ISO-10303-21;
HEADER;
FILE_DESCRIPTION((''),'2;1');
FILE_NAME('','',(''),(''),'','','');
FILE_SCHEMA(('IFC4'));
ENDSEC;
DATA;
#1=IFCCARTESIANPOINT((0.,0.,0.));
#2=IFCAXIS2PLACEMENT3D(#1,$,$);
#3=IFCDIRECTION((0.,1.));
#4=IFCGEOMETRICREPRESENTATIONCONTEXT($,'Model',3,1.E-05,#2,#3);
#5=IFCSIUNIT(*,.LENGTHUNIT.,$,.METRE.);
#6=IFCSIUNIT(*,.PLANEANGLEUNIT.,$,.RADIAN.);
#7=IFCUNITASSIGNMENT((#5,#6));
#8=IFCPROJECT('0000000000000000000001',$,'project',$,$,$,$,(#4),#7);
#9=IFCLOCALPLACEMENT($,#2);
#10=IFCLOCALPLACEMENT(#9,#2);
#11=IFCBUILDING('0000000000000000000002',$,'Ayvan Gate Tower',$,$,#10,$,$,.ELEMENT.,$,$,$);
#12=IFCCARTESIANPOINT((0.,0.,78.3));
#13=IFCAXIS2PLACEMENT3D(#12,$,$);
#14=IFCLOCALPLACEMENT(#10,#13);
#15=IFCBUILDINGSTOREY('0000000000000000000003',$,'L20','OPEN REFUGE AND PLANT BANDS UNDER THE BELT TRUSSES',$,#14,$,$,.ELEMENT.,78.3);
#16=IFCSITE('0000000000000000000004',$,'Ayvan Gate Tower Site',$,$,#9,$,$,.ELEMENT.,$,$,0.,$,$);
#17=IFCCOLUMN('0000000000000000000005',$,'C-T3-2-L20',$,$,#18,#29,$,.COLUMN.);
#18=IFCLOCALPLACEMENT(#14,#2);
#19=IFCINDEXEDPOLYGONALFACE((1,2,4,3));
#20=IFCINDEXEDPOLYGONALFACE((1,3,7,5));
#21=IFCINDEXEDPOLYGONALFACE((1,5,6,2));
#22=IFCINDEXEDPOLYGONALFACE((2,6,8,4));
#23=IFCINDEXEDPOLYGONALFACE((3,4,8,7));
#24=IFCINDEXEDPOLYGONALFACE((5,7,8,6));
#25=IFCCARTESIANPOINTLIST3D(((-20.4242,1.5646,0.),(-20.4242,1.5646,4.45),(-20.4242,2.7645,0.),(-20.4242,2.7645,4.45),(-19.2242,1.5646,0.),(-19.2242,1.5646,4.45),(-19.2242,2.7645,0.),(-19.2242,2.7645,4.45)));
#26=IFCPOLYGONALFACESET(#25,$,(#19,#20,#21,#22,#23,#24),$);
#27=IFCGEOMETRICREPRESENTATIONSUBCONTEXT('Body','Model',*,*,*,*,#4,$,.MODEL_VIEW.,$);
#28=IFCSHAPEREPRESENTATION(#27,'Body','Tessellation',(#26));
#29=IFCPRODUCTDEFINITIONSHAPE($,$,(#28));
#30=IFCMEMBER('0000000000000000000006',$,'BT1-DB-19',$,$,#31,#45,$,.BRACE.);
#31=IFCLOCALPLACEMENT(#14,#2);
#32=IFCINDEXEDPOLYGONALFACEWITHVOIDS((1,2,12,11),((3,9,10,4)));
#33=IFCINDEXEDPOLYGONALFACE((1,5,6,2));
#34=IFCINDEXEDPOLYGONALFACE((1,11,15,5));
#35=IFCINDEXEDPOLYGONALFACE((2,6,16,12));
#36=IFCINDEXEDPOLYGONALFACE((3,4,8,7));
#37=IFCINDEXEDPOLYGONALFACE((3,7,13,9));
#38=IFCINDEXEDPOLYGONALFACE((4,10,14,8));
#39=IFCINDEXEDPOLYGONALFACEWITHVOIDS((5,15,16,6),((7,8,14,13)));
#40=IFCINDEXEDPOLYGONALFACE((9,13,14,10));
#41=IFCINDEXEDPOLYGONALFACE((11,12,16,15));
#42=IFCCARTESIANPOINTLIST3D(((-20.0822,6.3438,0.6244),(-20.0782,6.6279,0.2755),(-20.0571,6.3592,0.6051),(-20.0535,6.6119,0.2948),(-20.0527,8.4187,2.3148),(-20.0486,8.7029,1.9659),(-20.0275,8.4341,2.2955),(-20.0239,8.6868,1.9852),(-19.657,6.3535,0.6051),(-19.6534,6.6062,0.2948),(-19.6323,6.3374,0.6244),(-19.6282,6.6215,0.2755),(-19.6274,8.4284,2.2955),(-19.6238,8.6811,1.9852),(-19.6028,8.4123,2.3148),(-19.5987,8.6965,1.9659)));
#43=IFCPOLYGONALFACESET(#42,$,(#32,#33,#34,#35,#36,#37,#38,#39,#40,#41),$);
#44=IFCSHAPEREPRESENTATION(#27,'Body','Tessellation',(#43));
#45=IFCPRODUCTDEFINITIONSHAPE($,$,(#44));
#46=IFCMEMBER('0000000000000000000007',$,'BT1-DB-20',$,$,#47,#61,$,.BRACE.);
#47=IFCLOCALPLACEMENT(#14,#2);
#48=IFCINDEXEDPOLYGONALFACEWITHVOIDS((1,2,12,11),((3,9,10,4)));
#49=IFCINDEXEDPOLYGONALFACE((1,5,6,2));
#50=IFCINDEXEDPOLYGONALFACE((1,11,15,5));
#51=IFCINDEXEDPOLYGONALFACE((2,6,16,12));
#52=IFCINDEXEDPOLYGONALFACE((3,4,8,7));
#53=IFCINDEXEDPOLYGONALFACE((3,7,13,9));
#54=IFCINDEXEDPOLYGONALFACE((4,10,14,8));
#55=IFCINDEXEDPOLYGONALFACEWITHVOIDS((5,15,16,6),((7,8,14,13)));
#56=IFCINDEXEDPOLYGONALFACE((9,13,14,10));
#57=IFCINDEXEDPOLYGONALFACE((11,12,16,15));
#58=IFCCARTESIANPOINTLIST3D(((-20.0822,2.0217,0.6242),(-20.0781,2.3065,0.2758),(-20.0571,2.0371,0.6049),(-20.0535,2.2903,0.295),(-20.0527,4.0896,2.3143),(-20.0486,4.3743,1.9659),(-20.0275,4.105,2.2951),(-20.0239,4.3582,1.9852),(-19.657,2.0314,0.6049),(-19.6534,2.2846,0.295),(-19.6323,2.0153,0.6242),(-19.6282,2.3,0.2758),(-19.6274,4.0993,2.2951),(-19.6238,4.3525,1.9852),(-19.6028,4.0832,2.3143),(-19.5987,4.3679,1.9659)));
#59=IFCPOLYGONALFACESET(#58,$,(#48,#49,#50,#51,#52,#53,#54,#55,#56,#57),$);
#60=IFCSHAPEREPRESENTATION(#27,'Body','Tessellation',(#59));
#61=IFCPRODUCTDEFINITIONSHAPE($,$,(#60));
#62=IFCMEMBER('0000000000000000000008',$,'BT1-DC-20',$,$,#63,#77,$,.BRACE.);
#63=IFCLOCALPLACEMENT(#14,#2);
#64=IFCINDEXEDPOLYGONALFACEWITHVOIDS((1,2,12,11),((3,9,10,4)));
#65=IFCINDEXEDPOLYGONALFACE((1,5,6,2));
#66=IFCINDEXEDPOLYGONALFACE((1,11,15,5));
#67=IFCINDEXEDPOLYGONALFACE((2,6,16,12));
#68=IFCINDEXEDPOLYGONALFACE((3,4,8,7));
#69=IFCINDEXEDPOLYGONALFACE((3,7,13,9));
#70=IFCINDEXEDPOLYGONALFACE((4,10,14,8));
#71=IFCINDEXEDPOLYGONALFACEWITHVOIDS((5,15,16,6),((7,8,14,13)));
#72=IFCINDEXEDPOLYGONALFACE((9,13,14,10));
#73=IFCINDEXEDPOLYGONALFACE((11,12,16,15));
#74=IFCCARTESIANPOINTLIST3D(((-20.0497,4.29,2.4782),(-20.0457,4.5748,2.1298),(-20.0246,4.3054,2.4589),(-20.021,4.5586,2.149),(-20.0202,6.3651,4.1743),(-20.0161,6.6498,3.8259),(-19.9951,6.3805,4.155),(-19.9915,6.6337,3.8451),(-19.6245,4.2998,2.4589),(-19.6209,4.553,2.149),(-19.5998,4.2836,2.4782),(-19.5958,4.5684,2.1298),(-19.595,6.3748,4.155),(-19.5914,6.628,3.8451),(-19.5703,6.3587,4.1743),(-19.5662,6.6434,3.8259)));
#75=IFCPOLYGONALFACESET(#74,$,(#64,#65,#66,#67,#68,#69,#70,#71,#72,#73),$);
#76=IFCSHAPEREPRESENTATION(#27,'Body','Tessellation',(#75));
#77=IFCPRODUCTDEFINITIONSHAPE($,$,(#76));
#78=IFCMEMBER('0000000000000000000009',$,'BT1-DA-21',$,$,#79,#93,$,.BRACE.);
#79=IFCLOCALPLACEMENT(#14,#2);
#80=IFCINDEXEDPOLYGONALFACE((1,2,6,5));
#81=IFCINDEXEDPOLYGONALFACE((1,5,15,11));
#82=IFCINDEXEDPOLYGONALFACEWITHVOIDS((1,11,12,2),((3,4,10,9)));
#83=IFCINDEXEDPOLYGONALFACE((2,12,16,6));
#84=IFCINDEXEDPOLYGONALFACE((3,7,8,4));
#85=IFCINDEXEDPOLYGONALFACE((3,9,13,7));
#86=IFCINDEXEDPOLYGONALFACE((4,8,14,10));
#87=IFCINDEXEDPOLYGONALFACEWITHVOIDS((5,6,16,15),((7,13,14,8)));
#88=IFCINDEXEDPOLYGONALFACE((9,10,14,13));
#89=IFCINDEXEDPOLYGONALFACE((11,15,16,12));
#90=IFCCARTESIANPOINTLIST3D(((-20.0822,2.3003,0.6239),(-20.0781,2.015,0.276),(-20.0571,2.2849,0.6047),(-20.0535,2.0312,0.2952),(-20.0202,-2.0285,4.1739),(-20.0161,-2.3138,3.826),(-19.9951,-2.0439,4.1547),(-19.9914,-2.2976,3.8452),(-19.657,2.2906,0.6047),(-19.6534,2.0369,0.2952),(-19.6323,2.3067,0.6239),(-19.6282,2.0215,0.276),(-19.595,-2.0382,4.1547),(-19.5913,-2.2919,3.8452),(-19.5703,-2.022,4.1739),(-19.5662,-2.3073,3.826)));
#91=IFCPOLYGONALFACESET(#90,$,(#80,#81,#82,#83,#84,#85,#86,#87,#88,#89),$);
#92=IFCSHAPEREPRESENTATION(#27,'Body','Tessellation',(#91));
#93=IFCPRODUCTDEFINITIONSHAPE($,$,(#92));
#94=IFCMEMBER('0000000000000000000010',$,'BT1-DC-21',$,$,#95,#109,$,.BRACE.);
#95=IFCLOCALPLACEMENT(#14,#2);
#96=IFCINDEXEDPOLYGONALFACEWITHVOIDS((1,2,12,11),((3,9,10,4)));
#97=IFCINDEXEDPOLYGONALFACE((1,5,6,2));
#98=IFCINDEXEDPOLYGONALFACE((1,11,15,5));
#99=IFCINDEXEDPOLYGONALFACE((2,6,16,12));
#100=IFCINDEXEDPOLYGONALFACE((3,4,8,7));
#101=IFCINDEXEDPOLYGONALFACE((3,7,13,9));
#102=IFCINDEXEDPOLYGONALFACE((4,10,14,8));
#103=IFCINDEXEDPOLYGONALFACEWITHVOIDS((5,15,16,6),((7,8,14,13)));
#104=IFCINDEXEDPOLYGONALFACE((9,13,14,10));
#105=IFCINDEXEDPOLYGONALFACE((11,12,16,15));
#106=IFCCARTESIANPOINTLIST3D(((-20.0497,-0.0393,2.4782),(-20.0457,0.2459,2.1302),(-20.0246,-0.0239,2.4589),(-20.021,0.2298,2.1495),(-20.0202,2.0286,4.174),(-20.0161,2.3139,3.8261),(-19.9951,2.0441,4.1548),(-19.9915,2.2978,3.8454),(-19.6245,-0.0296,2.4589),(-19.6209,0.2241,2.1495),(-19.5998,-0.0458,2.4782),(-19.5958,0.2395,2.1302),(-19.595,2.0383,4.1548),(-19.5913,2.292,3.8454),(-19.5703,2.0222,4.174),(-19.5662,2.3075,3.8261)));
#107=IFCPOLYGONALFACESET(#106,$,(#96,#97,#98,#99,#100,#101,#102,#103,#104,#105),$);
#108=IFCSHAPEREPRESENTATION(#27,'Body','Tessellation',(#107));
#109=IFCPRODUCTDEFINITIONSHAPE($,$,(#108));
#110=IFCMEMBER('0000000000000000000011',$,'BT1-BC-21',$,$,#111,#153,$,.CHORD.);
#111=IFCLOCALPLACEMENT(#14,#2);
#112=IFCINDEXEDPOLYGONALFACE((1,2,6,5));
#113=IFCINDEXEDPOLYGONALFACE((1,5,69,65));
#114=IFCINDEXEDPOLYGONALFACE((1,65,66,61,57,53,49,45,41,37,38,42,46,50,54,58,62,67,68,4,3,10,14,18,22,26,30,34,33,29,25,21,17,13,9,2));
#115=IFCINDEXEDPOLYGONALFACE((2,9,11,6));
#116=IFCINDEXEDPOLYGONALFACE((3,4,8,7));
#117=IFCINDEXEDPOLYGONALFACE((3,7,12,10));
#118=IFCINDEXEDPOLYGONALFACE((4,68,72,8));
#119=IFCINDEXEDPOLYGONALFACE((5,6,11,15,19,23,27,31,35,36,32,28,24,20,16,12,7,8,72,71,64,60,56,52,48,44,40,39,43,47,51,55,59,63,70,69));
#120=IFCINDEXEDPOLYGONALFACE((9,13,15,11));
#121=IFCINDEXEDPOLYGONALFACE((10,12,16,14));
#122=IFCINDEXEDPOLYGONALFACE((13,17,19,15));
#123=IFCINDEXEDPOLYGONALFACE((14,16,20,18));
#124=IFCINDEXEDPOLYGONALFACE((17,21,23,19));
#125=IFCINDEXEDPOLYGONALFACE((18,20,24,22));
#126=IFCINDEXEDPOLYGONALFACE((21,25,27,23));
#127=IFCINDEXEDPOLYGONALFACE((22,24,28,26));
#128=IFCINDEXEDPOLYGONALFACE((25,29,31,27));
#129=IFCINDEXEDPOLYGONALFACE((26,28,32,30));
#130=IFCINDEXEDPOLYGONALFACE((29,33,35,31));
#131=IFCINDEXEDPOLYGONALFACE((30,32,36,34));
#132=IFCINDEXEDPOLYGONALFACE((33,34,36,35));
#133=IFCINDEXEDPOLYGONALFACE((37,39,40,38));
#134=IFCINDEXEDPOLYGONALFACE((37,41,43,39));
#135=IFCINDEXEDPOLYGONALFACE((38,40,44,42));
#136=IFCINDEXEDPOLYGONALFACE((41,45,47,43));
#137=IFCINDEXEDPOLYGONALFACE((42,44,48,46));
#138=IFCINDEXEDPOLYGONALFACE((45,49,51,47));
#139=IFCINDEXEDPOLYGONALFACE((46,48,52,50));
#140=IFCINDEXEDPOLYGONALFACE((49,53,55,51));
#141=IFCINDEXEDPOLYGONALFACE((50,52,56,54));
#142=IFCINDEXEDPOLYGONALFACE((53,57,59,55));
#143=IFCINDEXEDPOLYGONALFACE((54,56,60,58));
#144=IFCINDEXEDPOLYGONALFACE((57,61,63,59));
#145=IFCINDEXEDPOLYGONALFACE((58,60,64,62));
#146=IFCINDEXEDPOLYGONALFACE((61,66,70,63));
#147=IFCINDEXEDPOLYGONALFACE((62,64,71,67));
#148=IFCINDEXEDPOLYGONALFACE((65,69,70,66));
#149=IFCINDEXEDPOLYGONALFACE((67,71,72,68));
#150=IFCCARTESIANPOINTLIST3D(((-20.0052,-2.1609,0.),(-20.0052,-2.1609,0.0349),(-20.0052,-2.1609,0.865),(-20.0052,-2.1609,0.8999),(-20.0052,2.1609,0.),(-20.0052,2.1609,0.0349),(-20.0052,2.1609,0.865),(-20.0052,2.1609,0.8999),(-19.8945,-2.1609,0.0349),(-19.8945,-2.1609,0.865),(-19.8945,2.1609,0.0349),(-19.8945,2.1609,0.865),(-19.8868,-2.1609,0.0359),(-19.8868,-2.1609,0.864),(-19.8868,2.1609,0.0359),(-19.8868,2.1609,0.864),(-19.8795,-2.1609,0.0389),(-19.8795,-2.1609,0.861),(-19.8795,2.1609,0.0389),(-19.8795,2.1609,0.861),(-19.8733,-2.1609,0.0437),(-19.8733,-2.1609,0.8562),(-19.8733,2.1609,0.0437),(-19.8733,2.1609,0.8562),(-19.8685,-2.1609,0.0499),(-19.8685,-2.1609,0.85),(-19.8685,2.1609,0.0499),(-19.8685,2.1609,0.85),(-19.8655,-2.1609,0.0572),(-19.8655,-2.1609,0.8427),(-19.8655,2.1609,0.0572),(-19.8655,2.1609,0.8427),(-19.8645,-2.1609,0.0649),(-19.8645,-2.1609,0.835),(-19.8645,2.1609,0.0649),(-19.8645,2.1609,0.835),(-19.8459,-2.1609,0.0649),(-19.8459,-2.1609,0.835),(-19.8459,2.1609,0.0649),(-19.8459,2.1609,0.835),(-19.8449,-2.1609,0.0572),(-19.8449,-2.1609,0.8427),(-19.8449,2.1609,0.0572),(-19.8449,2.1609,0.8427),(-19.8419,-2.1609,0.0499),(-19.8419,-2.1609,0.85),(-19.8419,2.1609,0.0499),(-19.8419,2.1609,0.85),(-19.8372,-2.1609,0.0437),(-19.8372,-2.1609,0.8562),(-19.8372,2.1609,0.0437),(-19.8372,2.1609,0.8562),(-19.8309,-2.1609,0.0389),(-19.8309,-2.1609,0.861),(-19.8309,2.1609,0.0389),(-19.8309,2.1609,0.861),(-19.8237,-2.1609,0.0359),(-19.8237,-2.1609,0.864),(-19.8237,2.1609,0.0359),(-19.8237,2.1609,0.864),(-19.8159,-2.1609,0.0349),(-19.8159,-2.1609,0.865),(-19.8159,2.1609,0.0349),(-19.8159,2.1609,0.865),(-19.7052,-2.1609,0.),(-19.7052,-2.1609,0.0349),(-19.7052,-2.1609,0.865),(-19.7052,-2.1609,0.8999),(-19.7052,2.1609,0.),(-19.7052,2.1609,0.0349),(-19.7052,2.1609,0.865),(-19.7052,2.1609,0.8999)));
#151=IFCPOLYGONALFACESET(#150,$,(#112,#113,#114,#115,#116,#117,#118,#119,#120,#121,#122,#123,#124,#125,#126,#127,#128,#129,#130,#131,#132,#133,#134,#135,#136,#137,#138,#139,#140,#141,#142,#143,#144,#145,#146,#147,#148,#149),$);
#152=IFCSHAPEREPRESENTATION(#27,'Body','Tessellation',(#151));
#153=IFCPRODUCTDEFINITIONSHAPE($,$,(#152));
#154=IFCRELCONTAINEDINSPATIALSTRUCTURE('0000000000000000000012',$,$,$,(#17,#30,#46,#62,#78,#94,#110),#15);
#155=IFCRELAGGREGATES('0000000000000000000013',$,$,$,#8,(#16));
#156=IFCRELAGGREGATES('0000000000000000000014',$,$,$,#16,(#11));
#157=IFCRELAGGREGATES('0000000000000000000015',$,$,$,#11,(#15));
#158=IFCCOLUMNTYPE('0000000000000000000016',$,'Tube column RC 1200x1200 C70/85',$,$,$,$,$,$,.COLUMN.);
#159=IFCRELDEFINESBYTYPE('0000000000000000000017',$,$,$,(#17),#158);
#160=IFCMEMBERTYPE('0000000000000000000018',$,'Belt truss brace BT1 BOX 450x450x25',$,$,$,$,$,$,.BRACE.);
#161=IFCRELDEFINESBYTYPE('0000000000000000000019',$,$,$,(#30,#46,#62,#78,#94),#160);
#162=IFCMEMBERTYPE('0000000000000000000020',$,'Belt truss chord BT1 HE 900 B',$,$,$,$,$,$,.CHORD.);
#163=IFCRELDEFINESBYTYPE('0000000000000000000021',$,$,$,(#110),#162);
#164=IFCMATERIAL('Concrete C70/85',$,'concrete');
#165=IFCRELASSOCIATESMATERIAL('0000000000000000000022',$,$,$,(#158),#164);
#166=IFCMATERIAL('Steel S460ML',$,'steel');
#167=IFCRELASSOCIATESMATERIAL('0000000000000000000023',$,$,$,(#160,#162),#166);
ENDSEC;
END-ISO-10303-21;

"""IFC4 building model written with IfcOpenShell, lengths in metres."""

from ifc_helpers import new_model, si_unit, direction, frame, origin, origin_2d, place, context, subcontext, project, spatial, rectangle, hollow_rectangle, i_section, extrude, material, material_profile, profile_set, type_object, element, save


model = new_model("IFC4")

# Units and contexts
model_context = context("Model", 3, precision=1e-05, world=origin(), true_north=direction((0.0, 1.0)))
body_context = subcontext(model_context, "Body", "Model", "MODEL_VIEW")
ifc_project = project(units=[si_unit("LENGTHUNIT", "METRE"), si_unit("PLANEANGLEUNIT", "RADIAN")], contexts=[model_context])

# Site, building, storey
site_placement = place(None, origin())
site = spatial("IfcSite", under=ifc_project, at=site_placement, Name="Ayvan Gate Tower Site", CompositionType="ELEMENT", RefElevation=0.0)
building_placement = place(site_placement, origin())
building = spatial("IfcBuilding", under=site, at=building_placement, Name="Ayvan Gate Tower", CompositionType="ELEMENT")
storey_placement = place(building_placement, frame((0.0, 0.0, 78.3)))
storey = spatial("IfcBuildingStorey", under=building, at=storey_placement, Name="L20", Description="OPEN REFUGE AND PLANT BANDS UNDER THE BELT TRUSSES", CompositionType="ELEMENT", Elevation=78.3)

# Column
ifc_material_1 = material(Name="Concrete C70/85", Category="concrete")
ifc_material_profile_1 = material_profile(ifc_material_1, rectangle(XDim=1.2, YDim=1.2, at=origin_2d()), Name="RC 1200x1200")
ifc_profile_set_1 = profile_set([ifc_material_profile_1], Name="Concrete C70/85")
column_type = type_object("IfcColumnType", Name="Tube column RC 1200x1200 C70/85", PredefinedType="COLUMN", material=ifc_profile_set_1)
column_placement = place(storey_placement, frame((-19.8242, 2.1646, 0.0), z_axis=(0.0, 0.0, 1.0), x_axis=(-1.0, 0.0, 0.0)))
element("IfcColumn", 1, at=column_placement, inside=storey, type_object=column_type, Name="C-T3-2-L20", PredefinedType="COLUMN", context=body_context, shape_type="SweptSolid", body=[
    extrude(rectangle(XDim=1.2, YDim=1.2, at=origin_2d()), origin(), (0.0, 0.0, 1.0), 4.45),
])

# Members
ifc_material_2 = material(Name="Steel S460ML", Category="steel")
ifc_material_profile_2 = material_profile(ifc_material_2, hollow_rectangle(XDim=0.45, YDim=0.45, WallThickness=0.0249, at=origin_2d()), Name="BOX 450x450x25")
ifc_profile_set_2 = profile_set([ifc_material_profile_2], Name="Steel S460ML")
member_type_1 = type_object("IfcMemberType", Name="Belt truss brace BT1 BOX 450x450x25", PredefinedType="BRACE", material=ifc_profile_set_2)
member_1_placement = place(storey_placement, frame((-19.8552, 6.4827, 0.45), z_axis=(0.011037, 0.775237, 0.631574), x_axis=(-0.999899, 0.014236, 0.0)))
element("IfcMember", 2, at=member_1_placement, inside=storey, type_object=member_type_1, Name="BT1-DB-19", PredefinedType="BRACE", context=body_context, shape_type="SweptSolid", body=[
    extrude(hollow_rectangle(XDim=0.45, YDim=0.45, WallThickness=0.0249, at=origin_2d()), origin(), (0.0, 0.0, 1.0), 2.6765),
])
member_2_placement = place(storey_placement, frame((-19.8552, 2.1609, 0.45), z_axis=(0.01106, 0.774223, 0.632816), x_axis=(-0.999898, 0.014284, 0.0)))
element("IfcMember", 3, at=member_2_placement, inside=storey, type_object=member_type_1, Name="BT1-DB-20", PredefinedType="BRACE", context=body_context, shape_type="SweptSolid", body=[
    extrude(hollow_rectangle(XDim=0.45, YDim=0.45, WallThickness=0.0249, at=origin_2d()), origin(), (0.0, 0.0, 1.0), 2.6709),
])
member_3_placement = place(storey_placement, frame((-19.8228, 4.4292, 2.304), z_axis=(0.011022, 0.774211, 0.632832), x_axis=(-0.999899, 0.014236, 0.0)))
element("IfcMember", 4, at=member_3_placement, inside=storey, type_object=member_type_1, Name="BT1-DC-20", PredefinedType="BRACE", context=body_context, shape_type="SweptSolid", body=[
    extrude(hollow_rectangle(XDim=0.45, YDim=0.45, WallThickness=0.0249, at=origin_2d()), origin(), (0.0, 0.0, 1.0), 2.6802),
])
member_4_placement = place(storey_placement, frame((-19.8552, 2.1609, 0.45), z_axis=(0.011076, -0.773187, 0.634082), x_axis=(0.999897, 0.014324, 0.0)))
element("IfcMember", 5, at=member_4_placement, inside=storey, type_object=member_type_1, Name="BT1-DA-21", PredefinedType="BRACE", context=body_context, shape_type="SweptSolid", body=[
    extrude(hollow_rectangle(XDim=0.45, YDim=0.45, WallThickness=0.0249, at=origin_2d()), origin(), (0.0, 0.0, 1.0), 5.5986),
])
member_5_placement = place(storey_placement, frame((-19.8228, 0.1001, 2.3042), z_axis=(0.011046, 0.773194, 0.634074), x_axis=(-0.999898, 0.014284, 0.0)))
element("IfcMember", 6, at=member_5_placement, inside=storey, type_object=member_type_1, Name="BT1-DC-21", PredefinedType="BRACE", context=body_context, shape_type="SweptSolid", body=[
    extrude(hollow_rectangle(XDim=0.45, YDim=0.45, WallThickness=0.0249, at=origin_2d()), origin(), (0.0, 0.0, 1.0), 2.6746),
])
ifc_material_profile_3 = material_profile(ifc_material_2, i_section(OverallWidth=0.3, OverallDepth=0.8999, WebThickness=0.0186, FlangeThickness=0.0349, FilletRadius=0.03, at=origin_2d()), Name="HE 900 B")
ifc_profile_set_3 = profile_set([ifc_material_profile_3], Name="Steel S460ML")
member_type_2 = type_object("IfcMemberType", Name="Belt truss chord BT1 HE 900 B", PredefinedType="CHORD", material=ifc_profile_set_3)
member_6_placement = place(storey_placement, frame((-19.8552, 2.1609, 0.45), z_axis=(0.0, -1.0, 0.0), x_axis=(1.0, 0.0, 0.0)))
element("IfcMember", 7, at=member_6_placement, inside=storey, type_object=member_type_2, Name="BT1-BC-21", PredefinedType="CHORD", context=body_context, shape_type="SweptSolid", body=[
    extrude(i_section(OverallWidth=0.3, OverallDepth=0.8999, WebThickness=0.0186, FlangeThickness=0.0349, FilletRadius=0.03, at=origin_2d()), origin(), (0.0, 0.0, 1.0), 4.3218),
])

save(model, "model.ifc")
